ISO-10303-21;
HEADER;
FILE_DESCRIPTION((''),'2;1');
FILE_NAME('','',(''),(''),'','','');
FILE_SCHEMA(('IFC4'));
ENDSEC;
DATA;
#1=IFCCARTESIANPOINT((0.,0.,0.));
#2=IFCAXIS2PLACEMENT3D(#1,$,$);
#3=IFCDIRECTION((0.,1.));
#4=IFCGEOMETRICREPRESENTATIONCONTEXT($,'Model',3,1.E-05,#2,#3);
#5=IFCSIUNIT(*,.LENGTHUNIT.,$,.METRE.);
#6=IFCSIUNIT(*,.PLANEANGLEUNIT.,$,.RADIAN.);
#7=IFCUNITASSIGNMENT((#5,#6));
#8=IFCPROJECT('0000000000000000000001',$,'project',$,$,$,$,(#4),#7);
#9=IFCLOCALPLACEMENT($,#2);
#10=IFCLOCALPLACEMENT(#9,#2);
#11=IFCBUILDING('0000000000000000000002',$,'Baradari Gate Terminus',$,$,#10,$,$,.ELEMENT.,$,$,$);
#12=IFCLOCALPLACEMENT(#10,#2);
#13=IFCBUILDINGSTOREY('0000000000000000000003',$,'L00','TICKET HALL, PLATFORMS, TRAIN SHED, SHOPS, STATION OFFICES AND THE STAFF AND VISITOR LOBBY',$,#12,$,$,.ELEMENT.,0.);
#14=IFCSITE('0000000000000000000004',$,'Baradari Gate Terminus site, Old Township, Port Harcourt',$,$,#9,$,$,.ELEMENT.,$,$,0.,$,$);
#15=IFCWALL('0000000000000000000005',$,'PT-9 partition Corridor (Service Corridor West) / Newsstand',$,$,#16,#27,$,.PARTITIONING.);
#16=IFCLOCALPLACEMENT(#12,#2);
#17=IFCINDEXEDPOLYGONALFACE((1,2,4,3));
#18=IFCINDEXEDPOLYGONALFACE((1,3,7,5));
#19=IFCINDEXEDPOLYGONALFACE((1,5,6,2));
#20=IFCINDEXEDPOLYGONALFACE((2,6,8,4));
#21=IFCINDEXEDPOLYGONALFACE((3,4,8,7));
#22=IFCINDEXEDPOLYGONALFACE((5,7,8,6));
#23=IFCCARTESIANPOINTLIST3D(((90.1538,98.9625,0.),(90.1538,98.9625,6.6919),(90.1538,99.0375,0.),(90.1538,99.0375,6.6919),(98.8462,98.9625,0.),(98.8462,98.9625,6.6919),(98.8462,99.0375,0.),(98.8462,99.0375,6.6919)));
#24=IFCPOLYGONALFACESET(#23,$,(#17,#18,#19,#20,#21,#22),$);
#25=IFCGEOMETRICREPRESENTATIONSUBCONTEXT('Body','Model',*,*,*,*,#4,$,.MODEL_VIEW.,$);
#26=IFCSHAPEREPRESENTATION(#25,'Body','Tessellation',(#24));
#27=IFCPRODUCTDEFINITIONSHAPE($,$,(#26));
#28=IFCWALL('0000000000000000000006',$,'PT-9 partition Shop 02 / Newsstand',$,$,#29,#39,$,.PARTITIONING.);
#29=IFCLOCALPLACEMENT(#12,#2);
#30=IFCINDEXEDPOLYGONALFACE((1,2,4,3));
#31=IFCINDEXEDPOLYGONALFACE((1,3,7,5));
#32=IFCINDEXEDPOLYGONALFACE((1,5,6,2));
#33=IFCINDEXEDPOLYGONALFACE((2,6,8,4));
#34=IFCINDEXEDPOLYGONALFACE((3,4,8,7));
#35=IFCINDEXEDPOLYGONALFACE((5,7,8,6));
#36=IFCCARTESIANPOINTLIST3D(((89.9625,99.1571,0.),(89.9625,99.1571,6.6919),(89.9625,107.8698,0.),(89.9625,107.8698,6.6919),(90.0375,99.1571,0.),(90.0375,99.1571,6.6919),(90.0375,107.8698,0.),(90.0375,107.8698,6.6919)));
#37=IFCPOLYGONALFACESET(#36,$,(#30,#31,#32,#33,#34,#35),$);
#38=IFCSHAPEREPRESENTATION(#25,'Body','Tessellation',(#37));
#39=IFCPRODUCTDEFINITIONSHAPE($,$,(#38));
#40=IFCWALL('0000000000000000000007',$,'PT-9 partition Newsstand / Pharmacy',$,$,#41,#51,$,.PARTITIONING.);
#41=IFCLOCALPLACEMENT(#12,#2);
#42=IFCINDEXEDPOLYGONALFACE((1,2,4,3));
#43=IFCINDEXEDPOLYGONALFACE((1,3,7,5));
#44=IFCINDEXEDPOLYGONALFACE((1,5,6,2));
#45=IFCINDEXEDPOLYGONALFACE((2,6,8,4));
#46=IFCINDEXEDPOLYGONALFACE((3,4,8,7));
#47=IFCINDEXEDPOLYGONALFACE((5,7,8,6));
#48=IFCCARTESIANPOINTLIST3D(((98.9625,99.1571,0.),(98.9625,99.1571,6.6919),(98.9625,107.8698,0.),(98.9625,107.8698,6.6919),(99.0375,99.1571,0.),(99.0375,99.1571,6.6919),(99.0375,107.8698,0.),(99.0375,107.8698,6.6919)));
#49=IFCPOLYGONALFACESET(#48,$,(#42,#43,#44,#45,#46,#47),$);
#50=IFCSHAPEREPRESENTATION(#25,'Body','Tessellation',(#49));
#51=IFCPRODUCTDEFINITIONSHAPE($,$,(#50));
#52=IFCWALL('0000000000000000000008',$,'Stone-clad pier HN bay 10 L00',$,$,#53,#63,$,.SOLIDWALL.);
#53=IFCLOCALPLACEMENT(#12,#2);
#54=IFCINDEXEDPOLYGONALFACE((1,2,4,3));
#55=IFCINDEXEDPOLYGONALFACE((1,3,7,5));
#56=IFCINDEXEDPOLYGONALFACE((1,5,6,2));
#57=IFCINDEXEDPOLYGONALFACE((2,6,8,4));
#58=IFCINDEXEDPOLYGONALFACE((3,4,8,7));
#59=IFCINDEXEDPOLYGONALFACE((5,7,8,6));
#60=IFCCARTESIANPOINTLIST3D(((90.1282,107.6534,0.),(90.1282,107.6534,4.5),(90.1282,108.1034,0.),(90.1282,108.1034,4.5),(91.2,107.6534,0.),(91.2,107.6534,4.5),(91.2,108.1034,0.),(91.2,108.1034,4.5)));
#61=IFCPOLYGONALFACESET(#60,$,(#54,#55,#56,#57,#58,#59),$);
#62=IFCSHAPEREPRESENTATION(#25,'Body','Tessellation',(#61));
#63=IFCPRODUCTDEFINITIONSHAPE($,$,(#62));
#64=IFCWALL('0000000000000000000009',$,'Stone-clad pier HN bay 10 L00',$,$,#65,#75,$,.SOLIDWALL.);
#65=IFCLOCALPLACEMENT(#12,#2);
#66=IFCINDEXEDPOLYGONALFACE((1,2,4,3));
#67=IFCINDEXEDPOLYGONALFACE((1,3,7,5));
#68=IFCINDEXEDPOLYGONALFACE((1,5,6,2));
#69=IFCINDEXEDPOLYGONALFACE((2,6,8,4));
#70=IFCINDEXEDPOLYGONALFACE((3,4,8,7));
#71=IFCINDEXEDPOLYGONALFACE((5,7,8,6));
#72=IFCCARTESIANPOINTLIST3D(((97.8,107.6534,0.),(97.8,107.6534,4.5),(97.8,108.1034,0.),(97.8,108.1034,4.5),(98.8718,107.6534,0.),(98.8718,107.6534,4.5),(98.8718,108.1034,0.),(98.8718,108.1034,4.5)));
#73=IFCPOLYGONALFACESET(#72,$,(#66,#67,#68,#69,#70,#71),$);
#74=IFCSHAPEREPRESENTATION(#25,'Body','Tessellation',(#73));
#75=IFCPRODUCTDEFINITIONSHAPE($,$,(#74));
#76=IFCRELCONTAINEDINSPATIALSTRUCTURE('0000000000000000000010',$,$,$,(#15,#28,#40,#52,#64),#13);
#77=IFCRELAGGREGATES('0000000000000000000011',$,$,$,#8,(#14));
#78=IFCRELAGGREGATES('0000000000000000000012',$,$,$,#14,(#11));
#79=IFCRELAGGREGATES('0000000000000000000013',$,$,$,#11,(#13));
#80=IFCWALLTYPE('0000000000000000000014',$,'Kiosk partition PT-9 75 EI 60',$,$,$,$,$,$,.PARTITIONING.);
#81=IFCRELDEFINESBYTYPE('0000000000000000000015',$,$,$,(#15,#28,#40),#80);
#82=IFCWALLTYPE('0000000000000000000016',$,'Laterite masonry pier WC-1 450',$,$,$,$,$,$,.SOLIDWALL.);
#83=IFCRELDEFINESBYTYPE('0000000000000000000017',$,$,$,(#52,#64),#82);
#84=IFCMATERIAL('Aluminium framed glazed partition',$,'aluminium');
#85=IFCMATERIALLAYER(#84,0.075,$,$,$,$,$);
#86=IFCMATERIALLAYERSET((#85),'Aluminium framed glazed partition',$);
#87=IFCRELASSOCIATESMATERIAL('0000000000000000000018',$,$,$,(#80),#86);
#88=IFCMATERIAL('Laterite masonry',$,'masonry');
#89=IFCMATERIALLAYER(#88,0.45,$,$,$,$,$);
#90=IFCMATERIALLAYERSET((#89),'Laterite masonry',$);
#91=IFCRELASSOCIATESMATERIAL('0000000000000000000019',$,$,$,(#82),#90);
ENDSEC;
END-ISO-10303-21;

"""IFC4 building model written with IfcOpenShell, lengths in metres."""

from ifc_helpers import new_model, si_unit, direction, frame, frame_2d, origin, place, context, subcontext, project, spatial, rectangle, extrude, material, layer, layer_set, type_object, element, save


model = new_model("IFC4")

# Units and contexts
model_context = context("Model", 3, precision=1e-05, world=origin(), true_north=direction((0.0, 1.0)))
body_context = subcontext(model_context, "Body", "Model", "MODEL_VIEW")
ifc_project = project(units=[si_unit("LENGTHUNIT", "METRE"), si_unit("PLANEANGLEUNIT", "RADIAN")], contexts=[model_context])

# Site, building, storey
site_placement = place(None, origin())
site = spatial("IfcSite", under=ifc_project, at=site_placement, Name="Baradari Gate Terminus site, Old Township, Port Harcourt", CompositionType="ELEMENT", RefElevation=0.0)
building_placement = place(site_placement, origin())
building = spatial("IfcBuilding", under=site, at=building_placement, Name="Baradari Gate Terminus", CompositionType="ELEMENT")
storey_placement = place(building_placement, origin())
storey = spatial("IfcBuildingStorey", under=building, at=storey_placement, Name="L00", Description="TICKET HALL, PLATFORMS, TRAIN SHED, SHOPS, STATION OFFICES AND THE STAFF AND VISITOR LOBBY", CompositionType="ELEMENT", Elevation=0.0)

# Walls
ifc_material_1 = material(Name="Aluminium framed glazed partition", Category="aluminium")
ifc_layer_1 = layer(ifc_material_1, 0.075)
ifc_layer_set_1 = layer_set([ifc_layer_1], Name="Aluminium framed glazed partition")
wall_type_1 = type_object("IfcWallType", Name="Kiosk partition PT-9 75 EI 60", PredefinedType="PARTITIONING", material=ifc_layer_set_1)
wall_1_placement = place(storey_placement, frame((90.1538, 99.0, 0.0), z_axis=(0.0, 0.0, 1.0), x_axis=(1.0, 0.0, 0.0)))
element("IfcWall", 1, at=wall_1_placement, inside=storey, type_object=wall_type_1, Name="PT-9 partition Corridor (Service Corridor West) / Newsstand", PredefinedType="PARTITIONING", context=body_context, shape_type="SweptSolid", body=[
    extrude(rectangle(XDim=8.6924, YDim=0.075, at=frame_2d((4.3462, 0.0))), origin(), (0.0, 0.0, 1.0), 6.6919),
])
for number, where, z_axis, x_axis, name in (
    (2, (90.0, 107.8699, 0.0), (0.0, 0.0, 1.0), (0.0, -1.0, 0.0), "PT-9 partition Shop 02 / Newsstand"),
    (3, (99.0, 107.8699, 0.0), (0.0, 0.0, 1.0), (0.0, -1.0, 0.0), "PT-9 partition Newsstand / Pharmacy"),
):
    element("IfcWall", number, at=place(storey_placement, frame(where, z_axis=z_axis, x_axis=x_axis)), inside=storey, type_object=wall_type_1, Name=name, PredefinedType="PARTITIONING", context=body_context, shape_type="SweptSolid", body=[
        extrude(rectangle(XDim=8.7126, YDim=0.075, at=frame_2d((4.3564, 0.0))), origin(), (0.0, 0.0, 1.0), 6.6919),
    ])
ifc_material_2 = material(Name="Laterite masonry", Category="masonry")
ifc_layer_2 = layer(ifc_material_2, 0.45)
ifc_layer_set_2 = layer_set([ifc_layer_2], Name="Laterite masonry")
wall_type_2 = type_object("IfcWallType", Name="Laterite masonry pier WC-1 450", PredefinedType="SOLIDWALL", material=ifc_layer_set_2)
for number, where, z_axis, x_axis, name in (
    (4, (90.1282, 107.8784, 0.0), (0.0, 0.0, 1.0), (1.0, 0.0, 0.0), "Stone-clad pier HN bay 10 L00"),
    (5, (97.8, 107.8784, 0.0), (0.0, 0.0, 1.0), (1.0, 0.0, 0.0), "Stone-clad pier HN bay 10 L00"),
):
    element("IfcWall", number, at=place(storey_placement, frame(where, z_axis=z_axis, x_axis=x_axis)), inside=storey, type_object=wall_type_2, Name=name, PredefinedType="SOLIDWALL", context=body_context, shape_type="SweptSolid", body=[
        extrude(rectangle(XDim=1.0718, YDim=0.45, at=frame_2d((0.5359, 0.0))), origin(), (0.0, 0.0, 1.0), 4.5),
    ])

save(model, "model.ifc")
